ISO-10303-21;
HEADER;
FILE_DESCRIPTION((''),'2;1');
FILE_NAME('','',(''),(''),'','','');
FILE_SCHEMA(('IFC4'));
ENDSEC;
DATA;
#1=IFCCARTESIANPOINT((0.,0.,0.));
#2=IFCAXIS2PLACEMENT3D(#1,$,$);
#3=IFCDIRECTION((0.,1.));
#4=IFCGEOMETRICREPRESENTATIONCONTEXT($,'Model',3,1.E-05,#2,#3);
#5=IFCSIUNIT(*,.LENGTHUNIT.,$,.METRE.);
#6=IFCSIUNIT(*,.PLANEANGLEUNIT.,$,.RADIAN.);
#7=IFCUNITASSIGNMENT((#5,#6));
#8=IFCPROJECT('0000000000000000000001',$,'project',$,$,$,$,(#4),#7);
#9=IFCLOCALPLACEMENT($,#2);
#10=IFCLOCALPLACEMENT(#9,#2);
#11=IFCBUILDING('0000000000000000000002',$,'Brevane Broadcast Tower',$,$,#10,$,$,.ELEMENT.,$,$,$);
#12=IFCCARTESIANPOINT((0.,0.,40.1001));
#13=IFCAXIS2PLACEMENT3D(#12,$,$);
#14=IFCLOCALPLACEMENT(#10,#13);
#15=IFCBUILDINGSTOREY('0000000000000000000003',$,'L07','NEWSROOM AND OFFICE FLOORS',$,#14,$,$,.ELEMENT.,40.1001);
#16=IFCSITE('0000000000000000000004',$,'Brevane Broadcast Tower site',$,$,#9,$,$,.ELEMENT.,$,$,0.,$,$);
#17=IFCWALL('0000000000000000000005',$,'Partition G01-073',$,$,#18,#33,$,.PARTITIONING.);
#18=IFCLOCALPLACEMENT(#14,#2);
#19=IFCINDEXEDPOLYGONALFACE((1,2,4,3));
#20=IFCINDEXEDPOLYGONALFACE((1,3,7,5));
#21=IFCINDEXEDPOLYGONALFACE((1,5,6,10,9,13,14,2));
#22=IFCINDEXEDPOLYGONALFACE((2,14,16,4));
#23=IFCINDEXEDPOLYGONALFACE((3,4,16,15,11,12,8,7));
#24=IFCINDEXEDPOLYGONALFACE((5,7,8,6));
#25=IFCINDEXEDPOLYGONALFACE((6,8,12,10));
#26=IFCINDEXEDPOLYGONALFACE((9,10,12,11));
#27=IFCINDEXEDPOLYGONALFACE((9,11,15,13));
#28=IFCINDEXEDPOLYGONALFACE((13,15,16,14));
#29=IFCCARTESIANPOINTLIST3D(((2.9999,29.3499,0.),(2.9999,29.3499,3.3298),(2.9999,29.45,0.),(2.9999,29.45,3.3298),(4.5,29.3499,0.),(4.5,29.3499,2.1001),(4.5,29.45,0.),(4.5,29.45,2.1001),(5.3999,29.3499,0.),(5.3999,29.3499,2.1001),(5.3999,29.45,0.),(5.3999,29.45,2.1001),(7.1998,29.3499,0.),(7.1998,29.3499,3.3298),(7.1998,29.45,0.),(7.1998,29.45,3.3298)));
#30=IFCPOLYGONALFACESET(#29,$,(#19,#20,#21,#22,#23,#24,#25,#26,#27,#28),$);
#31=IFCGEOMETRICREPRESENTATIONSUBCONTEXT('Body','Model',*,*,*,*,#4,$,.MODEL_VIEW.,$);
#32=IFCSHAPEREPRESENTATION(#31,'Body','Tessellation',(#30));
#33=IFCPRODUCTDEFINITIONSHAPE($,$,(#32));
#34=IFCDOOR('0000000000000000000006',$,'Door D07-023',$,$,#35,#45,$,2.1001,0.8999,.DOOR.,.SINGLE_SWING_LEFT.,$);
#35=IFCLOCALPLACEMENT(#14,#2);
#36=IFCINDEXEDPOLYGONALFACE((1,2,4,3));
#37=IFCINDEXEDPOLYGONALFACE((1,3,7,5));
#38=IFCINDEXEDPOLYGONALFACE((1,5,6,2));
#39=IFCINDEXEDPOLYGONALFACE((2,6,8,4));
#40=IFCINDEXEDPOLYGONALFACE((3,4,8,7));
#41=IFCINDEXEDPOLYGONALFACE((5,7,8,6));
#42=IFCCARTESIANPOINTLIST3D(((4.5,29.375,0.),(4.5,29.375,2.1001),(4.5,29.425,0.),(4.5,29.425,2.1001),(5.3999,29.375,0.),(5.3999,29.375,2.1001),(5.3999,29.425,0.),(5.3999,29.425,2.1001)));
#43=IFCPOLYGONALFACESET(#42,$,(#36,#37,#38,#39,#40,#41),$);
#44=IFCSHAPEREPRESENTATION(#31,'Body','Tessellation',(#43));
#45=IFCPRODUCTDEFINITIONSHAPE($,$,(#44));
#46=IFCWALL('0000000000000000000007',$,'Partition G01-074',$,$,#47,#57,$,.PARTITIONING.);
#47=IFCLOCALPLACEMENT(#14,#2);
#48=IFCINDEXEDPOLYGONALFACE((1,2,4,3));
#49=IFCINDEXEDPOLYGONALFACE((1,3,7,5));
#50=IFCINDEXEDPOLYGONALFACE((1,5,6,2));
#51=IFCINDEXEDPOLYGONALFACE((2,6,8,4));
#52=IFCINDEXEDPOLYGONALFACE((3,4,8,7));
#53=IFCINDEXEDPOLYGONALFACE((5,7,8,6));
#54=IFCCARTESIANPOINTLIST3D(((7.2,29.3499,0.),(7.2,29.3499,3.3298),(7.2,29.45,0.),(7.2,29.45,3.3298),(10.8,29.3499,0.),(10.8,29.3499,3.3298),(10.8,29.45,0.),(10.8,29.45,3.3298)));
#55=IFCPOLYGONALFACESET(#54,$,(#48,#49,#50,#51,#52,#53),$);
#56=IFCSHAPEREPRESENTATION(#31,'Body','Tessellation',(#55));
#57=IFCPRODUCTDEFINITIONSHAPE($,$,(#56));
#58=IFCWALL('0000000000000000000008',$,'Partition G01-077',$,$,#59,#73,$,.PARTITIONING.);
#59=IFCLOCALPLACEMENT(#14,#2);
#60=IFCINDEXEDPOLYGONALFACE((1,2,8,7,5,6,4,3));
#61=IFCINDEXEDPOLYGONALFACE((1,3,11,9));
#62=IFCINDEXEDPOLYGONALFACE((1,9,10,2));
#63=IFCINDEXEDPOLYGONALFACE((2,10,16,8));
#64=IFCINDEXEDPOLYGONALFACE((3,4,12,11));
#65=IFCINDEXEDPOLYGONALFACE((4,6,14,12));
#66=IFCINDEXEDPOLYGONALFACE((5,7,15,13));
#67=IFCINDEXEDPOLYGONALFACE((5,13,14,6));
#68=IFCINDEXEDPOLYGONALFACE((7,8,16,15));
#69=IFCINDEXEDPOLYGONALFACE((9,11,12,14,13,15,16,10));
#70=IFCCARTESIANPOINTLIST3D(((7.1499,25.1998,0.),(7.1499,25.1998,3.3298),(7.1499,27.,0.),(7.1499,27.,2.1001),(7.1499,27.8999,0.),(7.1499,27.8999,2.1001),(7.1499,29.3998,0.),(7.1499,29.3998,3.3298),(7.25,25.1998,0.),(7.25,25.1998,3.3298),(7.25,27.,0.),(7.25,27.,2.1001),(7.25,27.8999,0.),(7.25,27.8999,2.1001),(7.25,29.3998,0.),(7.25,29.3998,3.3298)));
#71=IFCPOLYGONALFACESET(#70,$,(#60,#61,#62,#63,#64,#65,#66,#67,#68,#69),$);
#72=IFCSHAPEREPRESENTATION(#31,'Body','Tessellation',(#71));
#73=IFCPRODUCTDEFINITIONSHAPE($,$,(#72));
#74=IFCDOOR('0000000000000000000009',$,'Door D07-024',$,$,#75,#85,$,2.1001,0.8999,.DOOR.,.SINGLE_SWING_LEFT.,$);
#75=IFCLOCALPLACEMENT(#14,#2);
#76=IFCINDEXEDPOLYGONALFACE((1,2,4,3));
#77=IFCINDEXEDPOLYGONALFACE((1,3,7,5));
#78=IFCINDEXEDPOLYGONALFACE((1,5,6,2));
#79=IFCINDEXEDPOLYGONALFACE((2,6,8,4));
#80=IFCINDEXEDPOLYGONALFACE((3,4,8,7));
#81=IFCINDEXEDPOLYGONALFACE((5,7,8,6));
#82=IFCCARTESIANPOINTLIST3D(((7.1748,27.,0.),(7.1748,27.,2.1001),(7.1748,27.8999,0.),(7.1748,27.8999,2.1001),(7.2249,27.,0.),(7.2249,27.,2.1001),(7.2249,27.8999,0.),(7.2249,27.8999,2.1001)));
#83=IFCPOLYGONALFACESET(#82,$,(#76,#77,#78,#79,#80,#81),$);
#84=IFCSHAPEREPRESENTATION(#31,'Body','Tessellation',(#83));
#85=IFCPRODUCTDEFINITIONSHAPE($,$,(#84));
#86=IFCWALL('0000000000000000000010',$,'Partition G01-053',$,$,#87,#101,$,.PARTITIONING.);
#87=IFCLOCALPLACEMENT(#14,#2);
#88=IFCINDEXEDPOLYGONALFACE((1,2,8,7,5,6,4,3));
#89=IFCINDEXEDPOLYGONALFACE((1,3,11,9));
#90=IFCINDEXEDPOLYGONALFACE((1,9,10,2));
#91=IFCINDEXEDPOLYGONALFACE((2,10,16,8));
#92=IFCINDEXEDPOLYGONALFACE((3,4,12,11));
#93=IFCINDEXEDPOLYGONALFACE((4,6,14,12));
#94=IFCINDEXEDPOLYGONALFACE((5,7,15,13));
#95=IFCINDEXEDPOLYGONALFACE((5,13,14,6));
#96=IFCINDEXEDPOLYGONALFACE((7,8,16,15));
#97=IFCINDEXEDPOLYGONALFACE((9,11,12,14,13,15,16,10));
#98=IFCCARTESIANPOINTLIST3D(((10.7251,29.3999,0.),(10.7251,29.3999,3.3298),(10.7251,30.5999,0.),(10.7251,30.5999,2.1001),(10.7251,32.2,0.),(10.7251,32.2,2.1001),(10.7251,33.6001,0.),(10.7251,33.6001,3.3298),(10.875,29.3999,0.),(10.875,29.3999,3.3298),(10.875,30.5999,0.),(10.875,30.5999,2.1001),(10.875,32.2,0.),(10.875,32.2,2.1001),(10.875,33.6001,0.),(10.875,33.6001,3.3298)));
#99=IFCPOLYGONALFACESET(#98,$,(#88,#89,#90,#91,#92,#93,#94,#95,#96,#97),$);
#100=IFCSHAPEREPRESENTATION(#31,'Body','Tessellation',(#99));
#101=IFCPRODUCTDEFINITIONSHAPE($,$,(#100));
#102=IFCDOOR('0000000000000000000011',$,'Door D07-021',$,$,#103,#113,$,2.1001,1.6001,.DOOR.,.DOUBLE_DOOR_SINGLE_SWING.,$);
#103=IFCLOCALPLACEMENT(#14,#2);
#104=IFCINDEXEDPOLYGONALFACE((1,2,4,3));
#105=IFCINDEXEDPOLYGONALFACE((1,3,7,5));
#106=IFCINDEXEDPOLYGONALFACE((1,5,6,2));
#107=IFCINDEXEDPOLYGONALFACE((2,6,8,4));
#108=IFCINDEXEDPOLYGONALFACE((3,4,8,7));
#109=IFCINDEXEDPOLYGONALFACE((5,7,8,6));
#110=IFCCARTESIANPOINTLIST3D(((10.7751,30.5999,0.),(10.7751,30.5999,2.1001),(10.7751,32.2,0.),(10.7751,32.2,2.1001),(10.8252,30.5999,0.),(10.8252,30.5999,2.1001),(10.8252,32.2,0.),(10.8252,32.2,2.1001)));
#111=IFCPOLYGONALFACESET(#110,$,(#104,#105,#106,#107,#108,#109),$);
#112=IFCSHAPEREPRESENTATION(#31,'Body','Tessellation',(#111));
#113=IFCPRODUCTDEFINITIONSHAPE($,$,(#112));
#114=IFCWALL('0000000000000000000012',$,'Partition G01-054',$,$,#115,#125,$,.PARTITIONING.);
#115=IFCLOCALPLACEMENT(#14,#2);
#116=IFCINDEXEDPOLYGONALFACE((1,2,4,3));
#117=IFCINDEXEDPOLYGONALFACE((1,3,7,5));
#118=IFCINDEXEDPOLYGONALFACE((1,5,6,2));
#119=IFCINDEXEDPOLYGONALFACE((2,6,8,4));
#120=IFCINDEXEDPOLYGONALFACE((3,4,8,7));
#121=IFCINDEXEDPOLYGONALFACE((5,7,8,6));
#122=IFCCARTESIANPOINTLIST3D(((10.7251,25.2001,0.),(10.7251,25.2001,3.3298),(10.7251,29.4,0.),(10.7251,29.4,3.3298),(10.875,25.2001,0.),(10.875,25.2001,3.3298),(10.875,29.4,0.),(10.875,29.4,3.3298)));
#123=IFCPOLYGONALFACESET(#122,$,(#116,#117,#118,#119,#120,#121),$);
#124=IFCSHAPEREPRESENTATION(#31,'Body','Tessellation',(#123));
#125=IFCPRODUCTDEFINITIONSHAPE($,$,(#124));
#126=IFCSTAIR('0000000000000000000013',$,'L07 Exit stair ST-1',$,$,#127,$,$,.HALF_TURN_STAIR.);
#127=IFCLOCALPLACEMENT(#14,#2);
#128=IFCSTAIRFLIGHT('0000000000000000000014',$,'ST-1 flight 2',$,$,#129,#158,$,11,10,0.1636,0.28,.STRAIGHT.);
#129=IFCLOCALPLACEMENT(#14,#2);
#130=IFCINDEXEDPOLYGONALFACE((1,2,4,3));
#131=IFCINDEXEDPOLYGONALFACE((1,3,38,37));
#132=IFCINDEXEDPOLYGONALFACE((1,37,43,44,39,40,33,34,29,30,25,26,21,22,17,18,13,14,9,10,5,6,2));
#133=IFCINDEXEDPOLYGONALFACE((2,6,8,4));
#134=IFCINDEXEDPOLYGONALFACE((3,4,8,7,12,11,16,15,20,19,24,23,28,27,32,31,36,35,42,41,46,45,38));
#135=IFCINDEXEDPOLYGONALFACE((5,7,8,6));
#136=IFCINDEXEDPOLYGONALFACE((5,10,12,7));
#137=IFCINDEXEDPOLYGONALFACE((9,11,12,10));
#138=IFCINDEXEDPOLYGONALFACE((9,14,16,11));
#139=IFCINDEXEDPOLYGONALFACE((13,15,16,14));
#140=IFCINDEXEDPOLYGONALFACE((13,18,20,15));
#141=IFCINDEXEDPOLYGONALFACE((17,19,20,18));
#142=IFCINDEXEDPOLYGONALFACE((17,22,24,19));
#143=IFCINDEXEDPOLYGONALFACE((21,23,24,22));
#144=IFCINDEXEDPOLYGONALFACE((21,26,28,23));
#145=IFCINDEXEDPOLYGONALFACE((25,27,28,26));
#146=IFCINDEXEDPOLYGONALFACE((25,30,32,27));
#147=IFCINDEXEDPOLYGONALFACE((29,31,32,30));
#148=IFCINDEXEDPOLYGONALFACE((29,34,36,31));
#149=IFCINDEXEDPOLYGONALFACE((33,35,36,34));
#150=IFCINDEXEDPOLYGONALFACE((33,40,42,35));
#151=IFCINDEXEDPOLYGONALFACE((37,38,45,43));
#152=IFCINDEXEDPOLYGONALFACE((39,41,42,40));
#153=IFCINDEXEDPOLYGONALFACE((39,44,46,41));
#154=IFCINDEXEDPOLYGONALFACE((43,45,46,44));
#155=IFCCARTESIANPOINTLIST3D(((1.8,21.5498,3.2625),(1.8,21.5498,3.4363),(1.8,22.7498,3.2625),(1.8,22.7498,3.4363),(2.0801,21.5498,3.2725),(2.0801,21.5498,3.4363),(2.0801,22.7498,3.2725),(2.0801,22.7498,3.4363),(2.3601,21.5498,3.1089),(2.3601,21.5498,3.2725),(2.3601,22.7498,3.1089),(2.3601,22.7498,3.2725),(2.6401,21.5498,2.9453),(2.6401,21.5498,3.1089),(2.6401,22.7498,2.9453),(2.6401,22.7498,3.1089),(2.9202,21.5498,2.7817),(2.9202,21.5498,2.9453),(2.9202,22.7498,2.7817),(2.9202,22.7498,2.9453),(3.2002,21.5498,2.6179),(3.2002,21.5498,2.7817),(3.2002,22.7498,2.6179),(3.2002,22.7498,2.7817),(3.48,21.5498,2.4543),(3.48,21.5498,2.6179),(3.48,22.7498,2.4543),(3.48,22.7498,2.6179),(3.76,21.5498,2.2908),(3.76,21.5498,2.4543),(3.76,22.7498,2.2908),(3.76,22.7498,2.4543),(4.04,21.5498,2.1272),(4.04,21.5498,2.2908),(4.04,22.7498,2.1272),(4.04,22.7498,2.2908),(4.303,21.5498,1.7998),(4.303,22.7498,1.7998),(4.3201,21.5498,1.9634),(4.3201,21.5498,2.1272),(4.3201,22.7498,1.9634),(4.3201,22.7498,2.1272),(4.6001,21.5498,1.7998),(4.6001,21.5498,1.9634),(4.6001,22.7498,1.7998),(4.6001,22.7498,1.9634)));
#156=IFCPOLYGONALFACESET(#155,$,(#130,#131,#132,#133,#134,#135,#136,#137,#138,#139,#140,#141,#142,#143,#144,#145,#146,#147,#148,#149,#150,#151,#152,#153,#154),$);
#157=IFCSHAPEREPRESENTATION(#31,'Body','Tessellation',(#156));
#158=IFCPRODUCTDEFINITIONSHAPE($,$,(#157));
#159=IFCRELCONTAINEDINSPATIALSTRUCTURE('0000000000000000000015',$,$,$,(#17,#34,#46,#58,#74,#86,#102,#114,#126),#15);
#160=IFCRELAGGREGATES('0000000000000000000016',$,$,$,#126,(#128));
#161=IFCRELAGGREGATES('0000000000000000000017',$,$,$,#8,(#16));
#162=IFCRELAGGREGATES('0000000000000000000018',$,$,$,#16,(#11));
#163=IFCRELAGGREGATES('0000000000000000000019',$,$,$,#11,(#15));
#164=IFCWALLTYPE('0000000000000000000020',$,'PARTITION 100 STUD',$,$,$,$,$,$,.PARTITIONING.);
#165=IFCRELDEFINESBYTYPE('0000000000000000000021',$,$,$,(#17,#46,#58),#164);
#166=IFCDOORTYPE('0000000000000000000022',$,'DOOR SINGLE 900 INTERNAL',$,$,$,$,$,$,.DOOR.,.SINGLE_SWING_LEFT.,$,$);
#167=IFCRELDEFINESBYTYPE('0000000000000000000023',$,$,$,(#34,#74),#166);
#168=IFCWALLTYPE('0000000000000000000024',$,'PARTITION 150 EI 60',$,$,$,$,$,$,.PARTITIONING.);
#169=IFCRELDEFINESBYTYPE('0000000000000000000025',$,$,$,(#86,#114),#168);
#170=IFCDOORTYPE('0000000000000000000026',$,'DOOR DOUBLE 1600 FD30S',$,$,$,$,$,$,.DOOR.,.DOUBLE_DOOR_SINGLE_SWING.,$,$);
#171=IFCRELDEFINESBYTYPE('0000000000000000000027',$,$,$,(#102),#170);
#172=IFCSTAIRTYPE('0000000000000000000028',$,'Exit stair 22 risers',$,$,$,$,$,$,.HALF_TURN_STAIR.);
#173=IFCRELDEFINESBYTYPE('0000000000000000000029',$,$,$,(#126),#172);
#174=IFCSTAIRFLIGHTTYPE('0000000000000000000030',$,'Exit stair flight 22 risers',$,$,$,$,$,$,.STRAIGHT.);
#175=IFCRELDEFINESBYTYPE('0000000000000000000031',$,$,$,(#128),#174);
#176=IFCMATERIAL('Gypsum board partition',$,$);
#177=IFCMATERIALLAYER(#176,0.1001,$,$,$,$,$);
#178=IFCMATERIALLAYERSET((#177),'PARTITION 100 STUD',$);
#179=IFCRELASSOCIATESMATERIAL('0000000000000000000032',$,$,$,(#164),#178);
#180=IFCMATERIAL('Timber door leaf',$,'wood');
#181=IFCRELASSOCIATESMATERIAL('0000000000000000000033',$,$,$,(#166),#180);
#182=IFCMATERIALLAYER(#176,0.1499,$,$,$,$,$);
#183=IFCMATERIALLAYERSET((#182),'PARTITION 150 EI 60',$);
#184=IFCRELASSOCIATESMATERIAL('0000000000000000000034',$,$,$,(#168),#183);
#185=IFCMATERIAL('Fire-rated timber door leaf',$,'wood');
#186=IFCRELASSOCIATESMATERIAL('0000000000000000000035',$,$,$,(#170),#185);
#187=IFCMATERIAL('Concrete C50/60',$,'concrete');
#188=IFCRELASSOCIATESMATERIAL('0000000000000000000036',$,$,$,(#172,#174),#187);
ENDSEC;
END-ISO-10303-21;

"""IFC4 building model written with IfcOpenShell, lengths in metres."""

from ifc_helpers import new_model, si_unit, direction, frame, frame_2d, origin, place, context, subcontext, project, spatial, polyline, rectangle, outline, extrude, material, layer, layer_set, type_object, element, fill, aggregate, save


model = new_model("IFC4")

# Units and contexts
model_context = context("Model", 3, precision=1e-05, world=origin(), true_north=direction((0.0, 1.0)))
body_context = subcontext(model_context, "Body", "Model", "MODEL_VIEW")
ifc_project = project(units=[si_unit("LENGTHUNIT", "METRE"), si_unit("PLANEANGLEUNIT", "RADIAN")], contexts=[model_context])

# Site, building, storey
site_placement = place(None, origin())
site = spatial("IfcSite", under=ifc_project, at=site_placement, Name="Brevane Broadcast Tower site", CompositionType="ELEMENT", RefElevation=0.0)
building_placement = place(site_placement, origin())
building = spatial("IfcBuilding", under=site, at=building_placement, Name="Brevane Broadcast Tower", CompositionType="ELEMENT")
storey_placement = place(building_placement, frame((0.0, 0.0, 40.1001)))
storey = spatial("IfcBuildingStorey", under=building, at=storey_placement, Name="L07", Description="NEWSROOM AND OFFICE FLOORS", CompositionType="ELEMENT", Elevation=40.1001)

# Wall, opening, door
ifc_material_1 = material(Name="Gypsum board partition")
ifc_layer_1 = layer(ifc_material_1, 0.1001)
ifc_layer_set_1 = layer_set([ifc_layer_1], Name="PARTITION 100 STUD")
wall_type_1 = type_object("IfcWallType", Name="PARTITION 100 STUD", PredefinedType="PARTITIONING", material=ifc_layer_set_1)
wall_1_placement = place(storey_placement, frame((7.2, 29.3999, 0.0), z_axis=(0.0, 0.0, 1.0), x_axis=(-1.0, 0.0, 0.0)))
wall_1 = element("IfcWall", 1, at=wall_1_placement, inside=storey, type_object=wall_type_1, Name="Partition G01-073", PredefinedType="PARTITIONING", context=body_context, shape_type="SweptSolid", body=[
    extrude(rectangle(XDim=4.2, YDim=0.1001, at=frame_2d((2.1001, 0.0))), origin(), (0.0, 0.0, 1.0), 3.3298),
])
opening_1_placement = place(wall_1_placement, frame((1.8, 0.0, 0.0)))
opening_1 = element("IfcOpeningElement", 2, at=opening_1_placement, cuts=wall_1, PredefinedType="OPENING", context=body_context, shape_type="SweptSolid", body=[
    extrude(rectangle(XDim=0.8999, YDim=2.1001, at=frame_2d((0.45, 1.05))), frame((0.0, 0.0601, 0.0), z_axis=(0.0, -1.0, 0.0), x_axis=(1.0, 0.0, 0.0)), (0.0, 0.0, 1.0), 0.1201),
])
ifc_material_2 = material(Name="Timber door leaf", Category="wood")
door_type_1 = type_object("IfcDoorType", Name="DOOR SINGLE 900 INTERNAL", OperationType="SINGLE_SWING_LEFT", PredefinedType="DOOR", material=ifc_material_2)
door_1_placement = place(opening_1_placement, origin())
door_1 = element("IfcDoor", 3, at=door_1_placement, inside=storey, type_object=door_type_1, Name="Door D07-023", OperationType="SINGLE_SWING_LEFT", OverallHeight=2.1001, OverallWidth=0.8999, PredefinedType="DOOR", context=body_context, shape_type="SweptSolid", body=[
    extrude(rectangle(XDim=0.8999, YDim=2.1001, at=frame_2d((0.45, 1.05))), frame((0.0, 0.0249, 0.0), z_axis=(0.0, -1.0, 0.0), x_axis=(1.0, 0.0, 0.0)), (0.0, 0.0, 1.0), 0.05),
])
fill(opening_1, door_1)

# Wall
wall_2_placement = place(storey_placement, frame((10.8, 29.3999, 0.0), z_axis=(0.0, 0.0, 1.0), x_axis=(-1.0, 0.0, 0.0)))
element("IfcWall", 4, at=wall_2_placement, inside=storey, type_object=wall_type_1, Name="Partition G01-074", PredefinedType="PARTITIONING", context=body_context, shape_type="SweptSolid", body=[
    extrude(rectangle(XDim=3.6001, YDim=0.1001, at=frame_2d((1.8, 0.0))), origin(), (0.0, 0.0, 1.0), 3.3298),
])

# Walls, openings, doors
wall_3_placement = place(storey_placement, frame((7.2, 29.3999, 0.0), z_axis=(0.0, 0.0, 1.0), x_axis=(0.0, -1.0, 0.0)))
wall_3 = element("IfcWall", 5, at=wall_3_placement, inside=storey, type_object=wall_type_1, Name="Partition G01-077", PredefinedType="PARTITIONING", context=body_context, shape_type="SweptSolid", body=[
    extrude(rectangle(XDim=4.2, YDim=0.1001, at=frame_2d((2.1001, 0.0))), origin(), (0.0, 0.0, 1.0), 3.3298),
])
opening_2_placement = place(wall_3_placement, frame((1.5, 0.0, 0.0)))
opening_2 = element("IfcOpeningElement", 6, at=opening_2_placement, cuts=wall_3, PredefinedType="OPENING", context=body_context, shape_type="SweptSolid", body=[
    extrude(rectangle(XDim=0.8999, YDim=2.1001, at=frame_2d((0.45, 1.05))), frame((0.0, 0.0601, 0.0), z_axis=(0.0, -1.0, 0.0), x_axis=(1.0, 0.0, 0.0)), (0.0, 0.0, 1.0), 0.1201),
])
door_2_placement = place(opening_2_placement, origin())
door_2 = element("IfcDoor", 7, at=door_2_placement, inside=storey, type_object=door_type_1, Name="Door D07-024", OperationType="SINGLE_SWING_LEFT", OverallHeight=2.1001, OverallWidth=0.8999, PredefinedType="DOOR", context=body_context, shape_type="SweptSolid", body=[
    extrude(rectangle(XDim=0.8999, YDim=2.1001, at=frame_2d((0.45, 1.05))), frame((0.0, 0.0249, 0.0), z_axis=(0.0, -1.0, 0.0), x_axis=(1.0, 0.0, 0.0)), (0.0, 0.0, 1.0), 0.05),
])
fill(opening_2, door_2)
ifc_layer_2 = layer(ifc_material_1, 0.1499)
ifc_layer_set_2 = layer_set([ifc_layer_2], Name="PARTITION 150 EI 60")
wall_type_2 = type_object("IfcWallType", Name="PARTITION 150 EI 60", PredefinedType="PARTITIONING", material=ifc_layer_set_2)
wall_4_placement = place(storey_placement, frame((10.8, 29.3999, 0.0), z_axis=(0.0, 0.0, 1.0), x_axis=(0.0, 1.0, 0.0)))
wall_4 = element("IfcWall", 8, at=wall_4_placement, inside=storey, type_object=wall_type_2, Name="Partition G01-053", PredefinedType="PARTITIONING", context=body_context, shape_type="SweptSolid", body=[
    extrude(rectangle(XDim=4.2002, YDim=0.1499, at=frame_2d((2.1001, 0.0))), origin(), (0.0, 0.0, 1.0), 3.3298),
])
opening_3_placement = place(wall_4_placement, frame((1.2, 0.0, 0.0)))
opening_3 = element("IfcOpeningElement", 9, at=opening_3_placement, cuts=wall_4, PredefinedType="OPENING", context=body_context, shape_type="SweptSolid", body=[
    extrude(rectangle(XDim=1.6001, YDim=2.1001, at=frame_2d((0.8, 1.05))), frame((0.0, 0.085, 0.0), z_axis=(0.0, -1.0, 0.0), x_axis=(1.0, 0.0, 0.0)), (0.0, 0.0, 1.0), 0.1699),
])
ifc_material_3 = material(Name="Fire-rated timber door leaf", Category="wood")
door_type_2 = type_object("IfcDoorType", Name="DOOR DOUBLE 1600 FD30S", OperationType="DOUBLE_DOOR_SINGLE_SWING", PredefinedType="DOOR", material=ifc_material_3)
door_3_placement = place(opening_3_placement, origin())
door_3 = element("IfcDoor", 10, at=door_3_placement, inside=storey, type_object=door_type_2, Name="Door D07-021", OperationType="DOUBLE_DOOR_SINGLE_SWING", OverallHeight=2.1001, OverallWidth=1.6001, PredefinedType="DOOR", context=body_context, shape_type="SweptSolid", body=[
    extrude(rectangle(XDim=1.6001, YDim=2.1001, at=frame_2d((0.8, 1.05))), frame((0.0, 0.0249, 0.0), z_axis=(0.0, -1.0, 0.0), x_axis=(1.0, 0.0, 0.0)), (0.0, 0.0, 1.0), 0.05),
])
fill(opening_3, door_3)

# Wall
wall_5_placement = place(storey_placement, frame((10.8, 25.2, 0.0), z_axis=(0.0, 0.0, 1.0), x_axis=(0.0, 1.0, 0.0)))
element("IfcWall", 11, at=wall_5_placement, inside=storey, type_object=wall_type_2, Name="Partition G01-054", PredefinedType="PARTITIONING", context=body_context, shape_type="SweptSolid", body=[
    extrude(rectangle(XDim=4.2, YDim=0.1499, at=frame_2d((2.1001, 0.0))), origin(), (0.0, 0.0, 1.0), 3.3298),
])

# Stair, stair flight
ifc_material_4 = material(Name="Concrete C50/60", Category="concrete")
stair_type = type_object("IfcStairType", Name="Exit stair 22 risers", PredefinedType="HALF_TURN_STAIR", material=ifc_material_4)
stair_placement = place(storey_placement, origin())
stair = element("IfcStair", 12, at=stair_placement, inside=storey, type_object=stair_type, Name="L07 Exit stair ST-1", PredefinedType="HALF_TURN_STAIR")
stair_flight_type = type_object("IfcStairFlightType", Name="Exit stair flight 22 risers", PredefinedType="STRAIGHT", material=ifc_material_4)
stair_flight_placement = place(storey_placement, frame((4.6001, 22.1499, 1.7998), z_axis=(0.0, 0.0, 1.0), x_axis=(-1.0, 0.0, 0.0)))
stair_flight = element("IfcStairFlight", 13, at=stair_flight_placement, type_object=stair_flight_type, Name="ST-1 flight 2", NumberOfRisers=11, NumberOfTreads=10, PredefinedType="STRAIGHT", RiserHeight=0.1636, TreadLength=0.28, context=body_context, shape_type="SweptSolid", body=[
    extrude(outline(polyline([(0.0, 0.0), (0.0, 0.1636), (0.28, 0.1636), (0.28, 0.3274), (0.5601, 0.3274), (0.5601, 0.491), (0.8401, 0.491), (0.8401, 0.6545), (1.1201, 0.6545), (1.1201, 0.8181), (1.3999, 0.8181), (1.3999, 0.9819), (1.6799, 0.9819), (1.6799, 1.1455), (1.96, 1.1455), (1.96, 1.3091), (2.24, 1.3091), (2.24, 1.4727), (2.52, 1.4727), (2.52, 1.6365), (2.8, 1.6365), (2.8, 1.8), (2.8, 1.4626), (0.2971, 0.0), (0.0, 0.0)])), frame((0.0, 0.6001, 0.0), z_axis=(0.0, -1.0, 0.0), x_axis=(1.0, 0.0, 0.0)), (0.0, 0.0, 1.0), 1.2),
])
aggregate(stair, [stair_flight])

save(model, "model.ifc")
